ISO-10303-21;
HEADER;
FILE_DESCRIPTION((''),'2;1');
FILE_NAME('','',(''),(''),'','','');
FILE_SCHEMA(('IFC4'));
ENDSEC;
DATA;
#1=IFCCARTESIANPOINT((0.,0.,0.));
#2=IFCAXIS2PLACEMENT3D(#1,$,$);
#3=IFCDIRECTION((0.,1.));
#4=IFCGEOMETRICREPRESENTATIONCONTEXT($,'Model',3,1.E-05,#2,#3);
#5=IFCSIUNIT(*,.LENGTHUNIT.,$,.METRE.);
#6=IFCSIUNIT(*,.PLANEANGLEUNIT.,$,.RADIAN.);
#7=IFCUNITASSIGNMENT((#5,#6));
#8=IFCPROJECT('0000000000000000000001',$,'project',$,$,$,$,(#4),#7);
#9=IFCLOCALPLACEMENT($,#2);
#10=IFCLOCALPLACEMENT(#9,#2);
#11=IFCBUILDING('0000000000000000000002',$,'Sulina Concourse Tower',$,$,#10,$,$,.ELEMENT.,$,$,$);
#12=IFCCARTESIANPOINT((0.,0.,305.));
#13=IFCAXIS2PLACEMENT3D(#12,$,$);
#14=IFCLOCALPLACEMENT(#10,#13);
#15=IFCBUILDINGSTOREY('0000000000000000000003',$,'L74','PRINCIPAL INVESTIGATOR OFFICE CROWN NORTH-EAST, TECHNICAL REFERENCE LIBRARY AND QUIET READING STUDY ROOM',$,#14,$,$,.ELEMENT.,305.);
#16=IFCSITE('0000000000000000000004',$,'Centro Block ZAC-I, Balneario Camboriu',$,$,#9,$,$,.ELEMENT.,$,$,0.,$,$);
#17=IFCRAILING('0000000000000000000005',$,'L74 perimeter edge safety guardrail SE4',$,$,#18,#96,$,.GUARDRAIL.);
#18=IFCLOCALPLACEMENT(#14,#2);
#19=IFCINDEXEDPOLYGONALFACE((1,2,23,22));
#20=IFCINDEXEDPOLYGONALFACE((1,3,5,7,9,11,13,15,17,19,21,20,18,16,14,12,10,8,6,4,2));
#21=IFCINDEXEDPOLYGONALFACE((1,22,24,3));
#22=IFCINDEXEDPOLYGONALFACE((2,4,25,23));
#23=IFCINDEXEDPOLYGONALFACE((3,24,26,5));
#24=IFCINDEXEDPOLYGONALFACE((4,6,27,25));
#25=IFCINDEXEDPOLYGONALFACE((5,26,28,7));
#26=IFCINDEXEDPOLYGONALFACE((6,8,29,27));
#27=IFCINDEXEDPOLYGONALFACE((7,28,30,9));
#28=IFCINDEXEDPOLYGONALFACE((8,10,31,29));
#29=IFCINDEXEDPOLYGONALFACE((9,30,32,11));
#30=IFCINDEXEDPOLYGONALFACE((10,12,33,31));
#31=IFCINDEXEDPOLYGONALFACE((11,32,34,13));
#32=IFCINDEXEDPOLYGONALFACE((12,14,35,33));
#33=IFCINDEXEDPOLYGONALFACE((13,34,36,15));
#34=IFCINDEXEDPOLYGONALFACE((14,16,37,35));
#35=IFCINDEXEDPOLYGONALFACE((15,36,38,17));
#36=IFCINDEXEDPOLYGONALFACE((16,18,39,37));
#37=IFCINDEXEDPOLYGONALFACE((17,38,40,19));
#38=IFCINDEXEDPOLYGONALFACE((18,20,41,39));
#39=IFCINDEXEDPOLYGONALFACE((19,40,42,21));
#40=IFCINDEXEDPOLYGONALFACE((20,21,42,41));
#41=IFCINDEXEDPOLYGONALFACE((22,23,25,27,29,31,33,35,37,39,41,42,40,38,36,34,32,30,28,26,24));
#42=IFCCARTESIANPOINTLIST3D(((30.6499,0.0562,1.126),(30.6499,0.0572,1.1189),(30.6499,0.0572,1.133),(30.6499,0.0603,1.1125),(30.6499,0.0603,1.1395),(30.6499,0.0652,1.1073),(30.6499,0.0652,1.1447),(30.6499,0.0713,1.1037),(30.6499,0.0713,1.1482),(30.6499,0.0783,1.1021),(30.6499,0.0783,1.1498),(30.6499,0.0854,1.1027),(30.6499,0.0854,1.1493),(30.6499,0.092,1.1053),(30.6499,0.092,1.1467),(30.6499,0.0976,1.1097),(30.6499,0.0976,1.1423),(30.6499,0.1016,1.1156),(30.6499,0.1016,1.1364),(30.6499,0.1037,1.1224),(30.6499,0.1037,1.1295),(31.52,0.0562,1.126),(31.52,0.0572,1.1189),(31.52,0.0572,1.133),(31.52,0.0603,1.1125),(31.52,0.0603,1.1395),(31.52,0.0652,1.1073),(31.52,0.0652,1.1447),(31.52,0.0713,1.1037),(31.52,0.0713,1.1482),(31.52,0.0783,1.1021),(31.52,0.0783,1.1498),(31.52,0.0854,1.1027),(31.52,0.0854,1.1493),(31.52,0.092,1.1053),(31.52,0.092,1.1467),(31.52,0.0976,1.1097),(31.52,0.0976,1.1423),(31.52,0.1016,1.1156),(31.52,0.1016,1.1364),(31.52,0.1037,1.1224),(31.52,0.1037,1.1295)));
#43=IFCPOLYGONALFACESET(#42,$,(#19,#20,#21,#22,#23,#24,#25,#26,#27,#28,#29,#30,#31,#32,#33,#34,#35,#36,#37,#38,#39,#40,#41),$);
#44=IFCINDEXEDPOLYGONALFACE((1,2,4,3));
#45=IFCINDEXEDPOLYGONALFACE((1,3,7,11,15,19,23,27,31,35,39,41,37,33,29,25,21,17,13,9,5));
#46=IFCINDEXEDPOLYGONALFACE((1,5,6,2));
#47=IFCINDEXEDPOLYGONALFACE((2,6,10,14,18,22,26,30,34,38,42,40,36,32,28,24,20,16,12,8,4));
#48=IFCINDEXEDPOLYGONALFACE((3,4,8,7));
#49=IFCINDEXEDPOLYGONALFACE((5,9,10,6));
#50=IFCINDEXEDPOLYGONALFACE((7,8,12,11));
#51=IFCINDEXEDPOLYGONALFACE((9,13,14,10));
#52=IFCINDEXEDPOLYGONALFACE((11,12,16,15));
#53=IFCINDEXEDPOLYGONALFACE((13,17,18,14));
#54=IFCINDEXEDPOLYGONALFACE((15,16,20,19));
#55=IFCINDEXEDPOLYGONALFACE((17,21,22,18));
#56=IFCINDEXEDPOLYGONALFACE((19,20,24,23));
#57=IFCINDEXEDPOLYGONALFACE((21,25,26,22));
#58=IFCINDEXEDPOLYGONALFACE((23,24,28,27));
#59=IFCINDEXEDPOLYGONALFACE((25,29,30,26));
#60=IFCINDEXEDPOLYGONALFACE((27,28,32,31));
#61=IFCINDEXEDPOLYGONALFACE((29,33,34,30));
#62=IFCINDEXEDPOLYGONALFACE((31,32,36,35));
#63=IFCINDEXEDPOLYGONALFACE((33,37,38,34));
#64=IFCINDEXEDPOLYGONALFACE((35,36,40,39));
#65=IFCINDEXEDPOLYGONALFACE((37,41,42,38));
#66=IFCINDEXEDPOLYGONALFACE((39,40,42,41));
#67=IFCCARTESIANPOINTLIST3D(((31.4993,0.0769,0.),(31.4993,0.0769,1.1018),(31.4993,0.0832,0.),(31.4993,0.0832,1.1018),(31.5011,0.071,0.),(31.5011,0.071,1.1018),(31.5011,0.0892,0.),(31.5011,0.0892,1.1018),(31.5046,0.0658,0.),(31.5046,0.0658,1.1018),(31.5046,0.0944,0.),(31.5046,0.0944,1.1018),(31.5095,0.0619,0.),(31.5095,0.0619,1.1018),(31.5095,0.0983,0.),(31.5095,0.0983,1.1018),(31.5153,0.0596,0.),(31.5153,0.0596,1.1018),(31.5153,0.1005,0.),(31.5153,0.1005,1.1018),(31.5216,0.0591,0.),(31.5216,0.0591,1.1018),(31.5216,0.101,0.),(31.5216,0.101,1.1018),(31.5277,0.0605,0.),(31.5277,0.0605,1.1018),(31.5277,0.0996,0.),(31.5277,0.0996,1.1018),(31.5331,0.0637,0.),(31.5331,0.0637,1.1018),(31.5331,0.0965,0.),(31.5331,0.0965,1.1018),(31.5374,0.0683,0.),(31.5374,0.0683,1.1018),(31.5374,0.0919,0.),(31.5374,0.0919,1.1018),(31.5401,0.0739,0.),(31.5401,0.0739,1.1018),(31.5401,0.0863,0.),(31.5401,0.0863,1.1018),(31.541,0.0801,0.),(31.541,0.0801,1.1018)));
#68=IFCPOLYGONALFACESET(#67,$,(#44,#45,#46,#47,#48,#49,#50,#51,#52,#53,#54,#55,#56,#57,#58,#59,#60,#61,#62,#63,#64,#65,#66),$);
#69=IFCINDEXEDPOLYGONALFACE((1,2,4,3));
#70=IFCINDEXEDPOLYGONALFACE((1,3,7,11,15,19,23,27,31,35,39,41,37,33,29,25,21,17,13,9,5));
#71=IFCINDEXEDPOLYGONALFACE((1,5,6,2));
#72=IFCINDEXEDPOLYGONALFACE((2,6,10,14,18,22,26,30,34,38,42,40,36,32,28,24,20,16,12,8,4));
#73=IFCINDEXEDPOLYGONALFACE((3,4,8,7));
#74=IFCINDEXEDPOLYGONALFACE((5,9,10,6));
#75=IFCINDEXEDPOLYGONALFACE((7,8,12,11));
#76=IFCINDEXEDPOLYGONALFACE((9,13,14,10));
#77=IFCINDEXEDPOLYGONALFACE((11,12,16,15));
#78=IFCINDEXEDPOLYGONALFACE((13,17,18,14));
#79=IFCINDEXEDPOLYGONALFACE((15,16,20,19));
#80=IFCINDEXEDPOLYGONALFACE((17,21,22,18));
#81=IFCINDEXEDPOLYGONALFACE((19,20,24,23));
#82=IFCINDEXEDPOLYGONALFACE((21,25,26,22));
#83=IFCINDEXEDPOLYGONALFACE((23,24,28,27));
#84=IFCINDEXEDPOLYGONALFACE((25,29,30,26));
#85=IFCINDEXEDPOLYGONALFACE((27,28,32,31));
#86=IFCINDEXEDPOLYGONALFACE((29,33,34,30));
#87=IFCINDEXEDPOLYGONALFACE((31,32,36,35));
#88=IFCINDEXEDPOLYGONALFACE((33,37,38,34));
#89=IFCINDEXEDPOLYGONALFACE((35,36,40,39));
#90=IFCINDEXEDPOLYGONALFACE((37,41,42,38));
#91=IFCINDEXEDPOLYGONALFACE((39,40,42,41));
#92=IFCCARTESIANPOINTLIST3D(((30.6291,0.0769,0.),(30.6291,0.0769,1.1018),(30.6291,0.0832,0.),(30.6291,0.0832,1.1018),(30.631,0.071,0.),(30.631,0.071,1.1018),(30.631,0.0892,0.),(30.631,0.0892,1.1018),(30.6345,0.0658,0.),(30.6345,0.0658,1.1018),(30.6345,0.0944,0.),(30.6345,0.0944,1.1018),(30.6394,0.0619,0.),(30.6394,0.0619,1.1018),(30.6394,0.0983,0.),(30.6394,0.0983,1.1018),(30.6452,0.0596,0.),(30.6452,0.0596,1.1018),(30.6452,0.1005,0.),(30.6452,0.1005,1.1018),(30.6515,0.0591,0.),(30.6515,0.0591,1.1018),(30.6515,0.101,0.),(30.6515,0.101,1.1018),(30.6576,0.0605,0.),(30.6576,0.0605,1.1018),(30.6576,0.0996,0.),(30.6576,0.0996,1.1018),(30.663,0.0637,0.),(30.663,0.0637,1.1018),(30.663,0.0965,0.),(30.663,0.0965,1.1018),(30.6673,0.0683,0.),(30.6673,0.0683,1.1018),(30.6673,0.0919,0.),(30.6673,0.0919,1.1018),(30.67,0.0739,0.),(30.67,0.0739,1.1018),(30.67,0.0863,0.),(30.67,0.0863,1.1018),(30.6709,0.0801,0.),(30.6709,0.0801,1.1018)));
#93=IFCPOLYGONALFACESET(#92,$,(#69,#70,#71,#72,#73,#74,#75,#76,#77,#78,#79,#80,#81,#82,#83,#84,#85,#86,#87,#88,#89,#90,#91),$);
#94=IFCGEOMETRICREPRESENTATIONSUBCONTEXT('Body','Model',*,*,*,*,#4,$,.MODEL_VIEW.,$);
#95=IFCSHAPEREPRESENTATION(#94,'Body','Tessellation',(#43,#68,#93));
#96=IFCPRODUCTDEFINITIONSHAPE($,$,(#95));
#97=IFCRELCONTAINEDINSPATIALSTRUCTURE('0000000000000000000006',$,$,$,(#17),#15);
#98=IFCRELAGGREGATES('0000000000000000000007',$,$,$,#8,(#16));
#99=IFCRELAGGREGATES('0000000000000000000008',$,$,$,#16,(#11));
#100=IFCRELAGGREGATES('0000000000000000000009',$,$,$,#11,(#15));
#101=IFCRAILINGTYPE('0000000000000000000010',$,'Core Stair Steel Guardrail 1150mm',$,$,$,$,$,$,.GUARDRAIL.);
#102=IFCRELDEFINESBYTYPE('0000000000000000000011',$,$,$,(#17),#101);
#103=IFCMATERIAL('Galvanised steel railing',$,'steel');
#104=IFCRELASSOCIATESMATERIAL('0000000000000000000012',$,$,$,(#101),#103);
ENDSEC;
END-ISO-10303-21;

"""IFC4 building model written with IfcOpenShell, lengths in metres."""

from ifc_helpers import new_model, si_unit, direction, frame, origin, origin_2d, place, context, subcontext, project, spatial, circle, extrude, material, type_object, element, save


model = new_model("IFC4")

# Units and contexts
model_context = context("Model", 3, precision=1e-05, world=origin(), true_north=direction((0.0, 1.0)))
body_context = subcontext(model_context, "Body", "Model", "MODEL_VIEW")
ifc_project = project(units=[si_unit("LENGTHUNIT", "METRE"), si_unit("PLANEANGLEUNIT", "RADIAN")], contexts=[model_context])

# Site, building, storey
site_placement = place(None, origin())
site = spatial("IfcSite", under=ifc_project, at=site_placement, Name="Centro Block ZAC-I, Balneario Camboriu", CompositionType="ELEMENT", RefElevation=0.0)
building_placement = place(site_placement, origin())
building = spatial("IfcBuilding", under=site, at=building_placement, Name="Sulina Concourse Tower", CompositionType="ELEMENT")
storey_placement = place(building_placement, frame((0.0, 0.0, 305.0)))
storey = spatial("IfcBuildingStorey", under=building, at=storey_placement, Name="L74", Description="PRINCIPAL INVESTIGATOR OFFICE CROWN NORTH-EAST, TECHNICAL REFERENCE LIBRARY AND QUIET READING STUDY ROOM", CompositionType="ELEMENT", Elevation=305.0)

# Railing
ifc_material_1 = material(Name="Galvanised steel railing", Category="steel")
railing_type_1 = type_object("IfcRailingType", Name="Core Stair Steel Guardrail 1150mm", PredefinedType="GUARDRAIL", material=ifc_material_1)
railing_1_placement = place(storey_placement, frame((31.52, 0.0801, 0.0)))
element("IfcRailing", 1, at=railing_1_placement, inside=storey, type_object=railing_type_1, Name="L74 perimeter edge safety guardrail SE4", PredefinedType="GUARDRAIL", context=body_context, shape_type="SweptSolid", body=[
    extrude(circle(Radius=0.0239, at=origin_2d()), frame((0.0, 0.0, 1.126), z_axis=(-1.0, 0.0, 0.0), x_axis=(0.0, -1.0, 0.0)), (0.0, 0.0, 1.0), 0.8701),
    extrude(circle(Radius=0.021, at=origin_2d()), origin(), (0.0, 0.0, 1.0), 1.1018),
    extrude(circle(Radius=0.021, at=origin_2d()), frame((-0.8701, 0.0, 0.0)), (0.0, 0.0, 1.0), 1.1018),
])

save(model, "model.ifc")
